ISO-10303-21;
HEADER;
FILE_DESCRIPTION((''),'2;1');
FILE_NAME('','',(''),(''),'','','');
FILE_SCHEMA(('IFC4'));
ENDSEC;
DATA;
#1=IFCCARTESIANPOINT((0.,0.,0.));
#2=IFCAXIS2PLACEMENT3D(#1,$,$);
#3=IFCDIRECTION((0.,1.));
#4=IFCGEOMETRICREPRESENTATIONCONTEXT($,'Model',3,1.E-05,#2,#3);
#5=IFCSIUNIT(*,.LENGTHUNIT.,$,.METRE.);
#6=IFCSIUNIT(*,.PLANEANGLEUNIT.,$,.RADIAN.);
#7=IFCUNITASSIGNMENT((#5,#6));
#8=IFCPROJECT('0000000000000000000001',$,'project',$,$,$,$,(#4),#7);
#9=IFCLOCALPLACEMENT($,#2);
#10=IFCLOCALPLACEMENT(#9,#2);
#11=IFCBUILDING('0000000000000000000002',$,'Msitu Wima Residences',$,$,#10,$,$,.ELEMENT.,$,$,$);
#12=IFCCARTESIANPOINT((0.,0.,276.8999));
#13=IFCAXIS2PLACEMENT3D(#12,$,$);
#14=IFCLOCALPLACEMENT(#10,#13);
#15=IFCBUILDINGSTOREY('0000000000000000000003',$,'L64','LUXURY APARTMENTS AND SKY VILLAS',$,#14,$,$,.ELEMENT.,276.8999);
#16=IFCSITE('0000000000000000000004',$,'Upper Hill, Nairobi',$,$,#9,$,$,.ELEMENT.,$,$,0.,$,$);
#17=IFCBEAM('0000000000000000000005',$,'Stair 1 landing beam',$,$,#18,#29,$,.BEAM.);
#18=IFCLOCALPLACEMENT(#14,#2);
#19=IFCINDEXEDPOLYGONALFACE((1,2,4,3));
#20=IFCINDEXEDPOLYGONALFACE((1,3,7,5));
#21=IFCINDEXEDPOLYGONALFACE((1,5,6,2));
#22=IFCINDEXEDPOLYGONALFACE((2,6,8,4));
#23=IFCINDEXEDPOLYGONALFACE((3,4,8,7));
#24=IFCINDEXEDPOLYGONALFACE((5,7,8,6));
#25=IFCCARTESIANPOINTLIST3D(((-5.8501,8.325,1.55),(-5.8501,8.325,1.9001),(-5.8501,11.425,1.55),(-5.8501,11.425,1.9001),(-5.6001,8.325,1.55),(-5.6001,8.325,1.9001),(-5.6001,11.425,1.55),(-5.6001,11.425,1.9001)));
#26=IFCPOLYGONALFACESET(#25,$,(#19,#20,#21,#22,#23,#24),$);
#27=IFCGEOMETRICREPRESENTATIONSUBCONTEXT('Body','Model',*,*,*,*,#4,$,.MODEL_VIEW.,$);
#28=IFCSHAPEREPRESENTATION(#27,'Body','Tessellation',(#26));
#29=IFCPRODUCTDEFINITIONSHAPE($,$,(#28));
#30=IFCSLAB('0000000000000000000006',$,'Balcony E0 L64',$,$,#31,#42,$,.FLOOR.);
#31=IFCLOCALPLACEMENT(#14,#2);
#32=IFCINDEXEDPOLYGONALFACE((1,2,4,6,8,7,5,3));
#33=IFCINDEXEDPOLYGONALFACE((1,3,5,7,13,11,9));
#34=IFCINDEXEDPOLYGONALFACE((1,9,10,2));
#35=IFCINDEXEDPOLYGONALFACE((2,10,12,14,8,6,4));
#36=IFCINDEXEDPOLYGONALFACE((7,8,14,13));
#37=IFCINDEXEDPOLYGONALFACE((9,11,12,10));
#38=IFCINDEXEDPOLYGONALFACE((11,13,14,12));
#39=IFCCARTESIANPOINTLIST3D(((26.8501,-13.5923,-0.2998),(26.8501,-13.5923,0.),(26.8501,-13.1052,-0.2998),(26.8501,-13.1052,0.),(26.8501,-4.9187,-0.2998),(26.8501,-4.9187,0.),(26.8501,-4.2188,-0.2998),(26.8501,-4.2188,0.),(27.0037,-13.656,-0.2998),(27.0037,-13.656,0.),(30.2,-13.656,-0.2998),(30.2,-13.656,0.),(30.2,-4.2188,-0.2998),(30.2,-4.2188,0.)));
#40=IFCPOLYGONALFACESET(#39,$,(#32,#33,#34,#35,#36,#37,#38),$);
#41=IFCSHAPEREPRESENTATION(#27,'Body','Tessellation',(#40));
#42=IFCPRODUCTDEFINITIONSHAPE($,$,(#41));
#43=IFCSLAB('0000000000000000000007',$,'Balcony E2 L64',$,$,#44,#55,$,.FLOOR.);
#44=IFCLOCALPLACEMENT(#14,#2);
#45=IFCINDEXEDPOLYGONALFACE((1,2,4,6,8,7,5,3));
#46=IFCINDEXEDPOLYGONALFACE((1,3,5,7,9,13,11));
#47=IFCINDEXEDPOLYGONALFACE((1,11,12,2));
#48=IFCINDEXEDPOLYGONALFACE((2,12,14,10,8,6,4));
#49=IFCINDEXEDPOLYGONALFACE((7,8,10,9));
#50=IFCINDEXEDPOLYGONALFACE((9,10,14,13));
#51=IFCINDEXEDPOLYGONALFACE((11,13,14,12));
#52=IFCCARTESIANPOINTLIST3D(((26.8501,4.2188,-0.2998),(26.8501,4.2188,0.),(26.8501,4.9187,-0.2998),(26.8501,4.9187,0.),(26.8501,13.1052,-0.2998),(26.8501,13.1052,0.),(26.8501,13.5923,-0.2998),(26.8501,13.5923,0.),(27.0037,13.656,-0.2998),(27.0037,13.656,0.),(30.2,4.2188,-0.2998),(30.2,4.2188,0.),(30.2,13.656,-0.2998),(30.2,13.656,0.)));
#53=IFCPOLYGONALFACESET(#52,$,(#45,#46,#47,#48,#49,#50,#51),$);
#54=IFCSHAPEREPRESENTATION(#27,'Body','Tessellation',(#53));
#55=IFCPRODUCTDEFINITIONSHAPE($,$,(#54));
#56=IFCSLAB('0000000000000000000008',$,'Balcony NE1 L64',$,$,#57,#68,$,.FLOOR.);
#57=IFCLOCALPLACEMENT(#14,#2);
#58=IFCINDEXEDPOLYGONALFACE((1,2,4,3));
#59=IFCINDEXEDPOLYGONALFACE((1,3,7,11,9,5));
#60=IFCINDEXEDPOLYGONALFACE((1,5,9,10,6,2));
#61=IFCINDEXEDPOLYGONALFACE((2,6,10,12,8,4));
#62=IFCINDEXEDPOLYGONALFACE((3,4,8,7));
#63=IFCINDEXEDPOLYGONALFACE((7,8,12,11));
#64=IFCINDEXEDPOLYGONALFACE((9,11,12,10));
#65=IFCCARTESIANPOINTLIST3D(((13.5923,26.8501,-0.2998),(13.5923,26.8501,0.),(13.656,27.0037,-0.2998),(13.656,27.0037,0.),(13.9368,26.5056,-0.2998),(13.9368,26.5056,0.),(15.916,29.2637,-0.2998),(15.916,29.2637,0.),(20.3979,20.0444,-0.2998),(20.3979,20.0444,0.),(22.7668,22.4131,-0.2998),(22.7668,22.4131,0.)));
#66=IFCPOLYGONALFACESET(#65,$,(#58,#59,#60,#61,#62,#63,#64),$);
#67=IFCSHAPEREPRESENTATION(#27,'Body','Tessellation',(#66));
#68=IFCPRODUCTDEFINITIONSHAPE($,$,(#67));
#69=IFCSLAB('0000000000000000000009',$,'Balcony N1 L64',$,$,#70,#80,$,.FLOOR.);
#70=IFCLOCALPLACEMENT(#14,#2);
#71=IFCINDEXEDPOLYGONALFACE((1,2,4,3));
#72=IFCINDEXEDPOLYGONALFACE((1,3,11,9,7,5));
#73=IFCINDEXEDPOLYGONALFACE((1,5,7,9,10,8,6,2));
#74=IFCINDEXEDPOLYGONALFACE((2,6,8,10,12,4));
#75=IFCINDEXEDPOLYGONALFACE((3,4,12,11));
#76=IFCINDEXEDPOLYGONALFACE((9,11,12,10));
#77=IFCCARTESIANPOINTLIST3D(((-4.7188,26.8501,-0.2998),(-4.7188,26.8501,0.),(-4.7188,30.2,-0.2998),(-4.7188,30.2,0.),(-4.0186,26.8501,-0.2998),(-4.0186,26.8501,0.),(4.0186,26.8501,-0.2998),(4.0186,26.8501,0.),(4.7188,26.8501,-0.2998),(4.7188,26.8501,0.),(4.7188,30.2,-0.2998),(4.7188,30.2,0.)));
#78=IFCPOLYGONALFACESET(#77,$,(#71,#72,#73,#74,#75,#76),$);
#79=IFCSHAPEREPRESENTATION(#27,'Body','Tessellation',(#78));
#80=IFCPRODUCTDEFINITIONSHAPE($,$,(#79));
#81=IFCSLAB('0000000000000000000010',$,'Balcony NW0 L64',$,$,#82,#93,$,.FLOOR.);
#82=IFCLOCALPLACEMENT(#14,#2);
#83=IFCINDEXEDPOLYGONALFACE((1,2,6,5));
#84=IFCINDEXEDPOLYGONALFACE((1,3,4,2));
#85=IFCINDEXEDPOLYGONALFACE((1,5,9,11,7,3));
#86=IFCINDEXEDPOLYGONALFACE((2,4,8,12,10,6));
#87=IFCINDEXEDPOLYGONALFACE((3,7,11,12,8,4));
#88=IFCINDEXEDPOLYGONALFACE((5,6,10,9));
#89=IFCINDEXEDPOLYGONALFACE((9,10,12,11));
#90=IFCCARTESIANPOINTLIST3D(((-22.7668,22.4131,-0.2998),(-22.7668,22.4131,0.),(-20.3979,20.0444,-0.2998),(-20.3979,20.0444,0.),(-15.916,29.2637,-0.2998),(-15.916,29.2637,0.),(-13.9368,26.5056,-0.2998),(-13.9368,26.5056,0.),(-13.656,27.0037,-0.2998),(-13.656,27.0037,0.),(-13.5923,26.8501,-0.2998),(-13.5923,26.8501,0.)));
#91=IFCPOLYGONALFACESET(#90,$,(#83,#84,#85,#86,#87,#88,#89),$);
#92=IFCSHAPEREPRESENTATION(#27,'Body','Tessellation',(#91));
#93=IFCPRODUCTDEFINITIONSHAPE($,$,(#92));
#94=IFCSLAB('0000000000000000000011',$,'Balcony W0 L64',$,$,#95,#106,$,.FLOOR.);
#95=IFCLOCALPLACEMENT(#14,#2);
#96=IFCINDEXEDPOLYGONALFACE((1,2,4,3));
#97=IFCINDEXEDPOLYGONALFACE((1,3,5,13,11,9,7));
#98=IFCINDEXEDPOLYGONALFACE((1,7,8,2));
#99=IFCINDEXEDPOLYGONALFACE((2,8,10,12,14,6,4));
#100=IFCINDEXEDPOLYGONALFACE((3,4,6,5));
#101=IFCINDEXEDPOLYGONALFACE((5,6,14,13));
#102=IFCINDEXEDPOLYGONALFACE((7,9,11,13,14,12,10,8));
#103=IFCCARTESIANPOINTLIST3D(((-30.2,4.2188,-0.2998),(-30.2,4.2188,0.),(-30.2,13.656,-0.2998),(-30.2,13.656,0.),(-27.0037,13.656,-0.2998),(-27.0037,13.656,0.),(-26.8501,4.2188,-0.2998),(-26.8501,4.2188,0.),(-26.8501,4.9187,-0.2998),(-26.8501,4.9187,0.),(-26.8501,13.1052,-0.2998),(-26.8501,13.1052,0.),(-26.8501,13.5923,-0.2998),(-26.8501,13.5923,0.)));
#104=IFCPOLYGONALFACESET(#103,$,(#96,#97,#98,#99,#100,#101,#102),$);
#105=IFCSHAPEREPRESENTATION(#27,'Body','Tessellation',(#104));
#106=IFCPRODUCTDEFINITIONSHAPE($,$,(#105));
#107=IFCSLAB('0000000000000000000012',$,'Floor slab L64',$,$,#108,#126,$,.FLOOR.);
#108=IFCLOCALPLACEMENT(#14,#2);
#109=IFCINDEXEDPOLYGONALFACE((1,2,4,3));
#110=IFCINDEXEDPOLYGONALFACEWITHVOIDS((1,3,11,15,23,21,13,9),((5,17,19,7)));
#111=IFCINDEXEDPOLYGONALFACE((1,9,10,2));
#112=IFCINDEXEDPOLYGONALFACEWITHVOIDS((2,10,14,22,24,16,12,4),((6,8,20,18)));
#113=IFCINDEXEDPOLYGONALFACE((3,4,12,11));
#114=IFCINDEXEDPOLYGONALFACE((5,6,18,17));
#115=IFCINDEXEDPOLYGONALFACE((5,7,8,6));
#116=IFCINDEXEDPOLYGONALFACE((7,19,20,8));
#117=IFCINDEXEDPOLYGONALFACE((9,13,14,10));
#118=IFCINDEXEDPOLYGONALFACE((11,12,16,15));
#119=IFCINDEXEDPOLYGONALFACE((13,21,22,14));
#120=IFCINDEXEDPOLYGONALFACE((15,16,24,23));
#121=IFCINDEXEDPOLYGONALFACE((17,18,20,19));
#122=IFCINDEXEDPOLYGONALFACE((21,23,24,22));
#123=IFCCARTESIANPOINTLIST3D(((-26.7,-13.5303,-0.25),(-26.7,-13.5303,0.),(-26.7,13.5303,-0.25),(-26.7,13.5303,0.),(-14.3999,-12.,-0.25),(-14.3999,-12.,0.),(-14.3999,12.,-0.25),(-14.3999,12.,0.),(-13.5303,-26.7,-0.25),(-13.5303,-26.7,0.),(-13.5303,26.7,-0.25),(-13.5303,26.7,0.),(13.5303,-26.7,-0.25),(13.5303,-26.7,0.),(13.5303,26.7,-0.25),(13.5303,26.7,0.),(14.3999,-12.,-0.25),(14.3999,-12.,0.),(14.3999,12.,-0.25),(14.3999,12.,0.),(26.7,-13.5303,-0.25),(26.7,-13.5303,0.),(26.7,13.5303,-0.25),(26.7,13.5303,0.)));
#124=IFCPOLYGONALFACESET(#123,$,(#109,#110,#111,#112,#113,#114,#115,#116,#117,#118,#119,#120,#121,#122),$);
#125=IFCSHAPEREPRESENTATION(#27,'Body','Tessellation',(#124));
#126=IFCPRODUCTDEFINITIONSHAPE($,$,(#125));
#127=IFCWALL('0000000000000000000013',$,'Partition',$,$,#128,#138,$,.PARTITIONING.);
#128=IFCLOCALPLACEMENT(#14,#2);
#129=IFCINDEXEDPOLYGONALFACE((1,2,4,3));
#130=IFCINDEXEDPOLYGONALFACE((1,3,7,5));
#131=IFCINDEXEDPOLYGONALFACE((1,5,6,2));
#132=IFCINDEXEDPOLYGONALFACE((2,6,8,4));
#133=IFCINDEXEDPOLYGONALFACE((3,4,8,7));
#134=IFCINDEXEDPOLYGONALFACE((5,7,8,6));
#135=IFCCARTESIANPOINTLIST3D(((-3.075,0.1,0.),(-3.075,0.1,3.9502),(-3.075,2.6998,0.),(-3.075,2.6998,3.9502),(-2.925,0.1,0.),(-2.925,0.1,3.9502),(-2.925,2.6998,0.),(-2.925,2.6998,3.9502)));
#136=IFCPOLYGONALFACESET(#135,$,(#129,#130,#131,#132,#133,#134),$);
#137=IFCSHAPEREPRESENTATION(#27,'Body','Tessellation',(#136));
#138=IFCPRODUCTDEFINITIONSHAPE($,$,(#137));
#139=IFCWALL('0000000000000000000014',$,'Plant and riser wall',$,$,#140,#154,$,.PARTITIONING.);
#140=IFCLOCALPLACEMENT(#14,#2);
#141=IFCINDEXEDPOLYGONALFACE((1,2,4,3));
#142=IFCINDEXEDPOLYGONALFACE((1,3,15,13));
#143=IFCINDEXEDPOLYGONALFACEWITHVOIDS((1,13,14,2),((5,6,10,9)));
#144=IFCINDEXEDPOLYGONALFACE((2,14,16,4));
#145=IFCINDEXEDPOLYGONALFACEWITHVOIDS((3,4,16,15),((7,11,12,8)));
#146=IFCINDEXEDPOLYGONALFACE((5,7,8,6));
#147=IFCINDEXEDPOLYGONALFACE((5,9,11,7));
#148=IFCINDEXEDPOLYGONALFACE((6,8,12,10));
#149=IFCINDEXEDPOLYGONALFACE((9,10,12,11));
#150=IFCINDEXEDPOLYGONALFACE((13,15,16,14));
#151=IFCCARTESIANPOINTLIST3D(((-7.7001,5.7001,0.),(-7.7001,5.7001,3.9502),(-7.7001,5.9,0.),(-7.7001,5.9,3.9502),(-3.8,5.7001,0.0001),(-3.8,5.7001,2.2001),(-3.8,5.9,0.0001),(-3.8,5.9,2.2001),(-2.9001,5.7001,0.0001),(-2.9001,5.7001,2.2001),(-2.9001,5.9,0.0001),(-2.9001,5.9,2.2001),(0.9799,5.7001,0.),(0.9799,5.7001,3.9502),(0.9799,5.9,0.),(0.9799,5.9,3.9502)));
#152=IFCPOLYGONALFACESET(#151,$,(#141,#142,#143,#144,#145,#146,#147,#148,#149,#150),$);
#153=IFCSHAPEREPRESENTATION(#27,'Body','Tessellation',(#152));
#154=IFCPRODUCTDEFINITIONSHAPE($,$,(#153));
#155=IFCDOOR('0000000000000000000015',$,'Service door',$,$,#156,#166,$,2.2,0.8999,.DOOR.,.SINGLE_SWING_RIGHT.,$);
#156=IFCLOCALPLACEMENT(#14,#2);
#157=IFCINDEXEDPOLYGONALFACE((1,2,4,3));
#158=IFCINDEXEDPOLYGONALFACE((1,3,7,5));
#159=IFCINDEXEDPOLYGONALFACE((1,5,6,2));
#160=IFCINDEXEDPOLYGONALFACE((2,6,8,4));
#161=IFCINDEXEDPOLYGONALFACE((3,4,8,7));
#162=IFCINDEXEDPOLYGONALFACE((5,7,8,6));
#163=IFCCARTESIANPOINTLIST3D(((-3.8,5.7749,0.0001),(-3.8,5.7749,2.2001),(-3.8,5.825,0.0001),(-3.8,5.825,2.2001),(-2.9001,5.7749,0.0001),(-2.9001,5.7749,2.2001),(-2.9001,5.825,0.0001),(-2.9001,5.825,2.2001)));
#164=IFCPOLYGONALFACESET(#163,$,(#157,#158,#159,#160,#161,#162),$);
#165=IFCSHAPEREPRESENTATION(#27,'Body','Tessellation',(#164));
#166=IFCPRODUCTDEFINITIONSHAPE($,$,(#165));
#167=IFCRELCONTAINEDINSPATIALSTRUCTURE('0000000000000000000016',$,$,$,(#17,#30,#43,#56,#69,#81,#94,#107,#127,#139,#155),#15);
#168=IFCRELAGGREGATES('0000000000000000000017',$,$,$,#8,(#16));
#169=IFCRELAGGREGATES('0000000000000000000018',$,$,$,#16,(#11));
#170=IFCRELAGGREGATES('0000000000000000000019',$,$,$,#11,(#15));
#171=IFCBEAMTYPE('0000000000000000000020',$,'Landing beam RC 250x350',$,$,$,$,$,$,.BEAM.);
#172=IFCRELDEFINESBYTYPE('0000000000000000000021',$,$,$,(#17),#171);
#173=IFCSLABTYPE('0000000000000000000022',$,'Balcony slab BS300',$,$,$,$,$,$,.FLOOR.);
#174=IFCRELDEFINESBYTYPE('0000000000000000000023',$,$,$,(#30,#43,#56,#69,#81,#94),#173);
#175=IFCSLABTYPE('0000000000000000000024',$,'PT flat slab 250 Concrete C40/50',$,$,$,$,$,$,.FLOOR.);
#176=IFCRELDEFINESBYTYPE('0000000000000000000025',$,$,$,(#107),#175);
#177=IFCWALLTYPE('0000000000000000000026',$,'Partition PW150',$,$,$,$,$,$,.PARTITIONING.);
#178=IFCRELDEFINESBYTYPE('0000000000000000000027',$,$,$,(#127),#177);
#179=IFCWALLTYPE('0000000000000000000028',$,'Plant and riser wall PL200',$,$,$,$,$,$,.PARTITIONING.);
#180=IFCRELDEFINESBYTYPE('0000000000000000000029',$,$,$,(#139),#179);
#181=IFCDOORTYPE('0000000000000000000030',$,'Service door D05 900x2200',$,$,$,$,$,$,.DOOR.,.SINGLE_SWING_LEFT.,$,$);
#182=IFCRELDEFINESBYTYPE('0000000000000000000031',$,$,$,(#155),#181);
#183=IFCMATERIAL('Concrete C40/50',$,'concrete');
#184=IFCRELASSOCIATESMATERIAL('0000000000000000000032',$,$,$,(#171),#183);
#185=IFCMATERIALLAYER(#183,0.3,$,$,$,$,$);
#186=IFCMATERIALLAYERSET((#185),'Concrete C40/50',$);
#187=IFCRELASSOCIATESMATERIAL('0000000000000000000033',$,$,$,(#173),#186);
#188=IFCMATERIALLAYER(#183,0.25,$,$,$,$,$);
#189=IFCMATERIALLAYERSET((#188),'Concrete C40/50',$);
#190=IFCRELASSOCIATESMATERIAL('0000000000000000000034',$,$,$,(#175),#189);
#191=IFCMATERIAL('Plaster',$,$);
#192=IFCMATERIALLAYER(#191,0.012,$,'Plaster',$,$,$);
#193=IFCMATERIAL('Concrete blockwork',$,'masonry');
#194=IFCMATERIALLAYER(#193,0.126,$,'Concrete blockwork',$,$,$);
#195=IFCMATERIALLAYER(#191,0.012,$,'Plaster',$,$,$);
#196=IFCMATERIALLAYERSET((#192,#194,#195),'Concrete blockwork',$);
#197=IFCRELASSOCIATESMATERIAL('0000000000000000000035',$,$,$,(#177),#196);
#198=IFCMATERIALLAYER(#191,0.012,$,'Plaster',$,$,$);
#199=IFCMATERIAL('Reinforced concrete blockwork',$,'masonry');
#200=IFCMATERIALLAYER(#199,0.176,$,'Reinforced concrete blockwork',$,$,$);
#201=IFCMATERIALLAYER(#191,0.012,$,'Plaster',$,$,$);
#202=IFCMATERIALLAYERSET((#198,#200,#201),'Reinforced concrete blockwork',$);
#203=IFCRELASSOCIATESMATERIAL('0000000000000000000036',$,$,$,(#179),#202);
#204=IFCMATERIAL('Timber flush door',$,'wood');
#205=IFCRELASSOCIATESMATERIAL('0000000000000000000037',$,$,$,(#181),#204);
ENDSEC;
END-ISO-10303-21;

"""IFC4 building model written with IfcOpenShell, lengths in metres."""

from ifc_helpers import new_model, si_unit, direction, frame, frame_2d, origin, origin_2d, place, context, subcontext, project, spatial, polyline, rectangle, outline, extrude, material, layer, layer_set, material_profile, profile_set, type_object, element, fill, save


model = new_model("IFC4")

# Units and contexts
model_context = context("Model", 3, precision=1e-05, world=origin(), true_north=direction((0.0, 1.0)))
body_context = subcontext(model_context, "Body", "Model", "MODEL_VIEW")
ifc_project = project(units=[si_unit("LENGTHUNIT", "METRE"), si_unit("PLANEANGLEUNIT", "RADIAN")], contexts=[model_context])

# Site, building, storey
site_placement = place(None, origin())
site = spatial("IfcSite", under=ifc_project, at=site_placement, Name="Upper Hill, Nairobi", CompositionType="ELEMENT", RefElevation=0.0)
building_placement = place(site_placement, origin())
building = spatial("IfcBuilding", under=site, at=building_placement, Name="Msitu Wima Residences", CompositionType="ELEMENT")
storey_placement = place(building_placement, frame((0.0, 0.0, 276.8999)))
storey = spatial("IfcBuildingStorey", under=building, at=storey_placement, Name="L64", Description="LUXURY APARTMENTS AND SKY VILLAS", CompositionType="ELEMENT", Elevation=276.8999)

# Beam
ifc_material_1 = material(Name="Concrete C40/50", Category="concrete")
ifc_material_profile = material_profile(ifc_material_1, rectangle(XDim=0.25, YDim=0.3501, at=origin_2d()), Name="RC 250x350")
ifc_profile_set = profile_set([ifc_material_profile], Name="Concrete C40/50")
beam_type = type_object("IfcBeamType", Name="Landing beam RC 250x350", PredefinedType="BEAM", material=ifc_profile_set)
beam_placement = place(storey_placement, frame((-5.7251, 8.325, 1.7251), z_axis=(0.0, 1.0, 0.0), x_axis=(-1.0, 0.0, 0.0)))
element("IfcBeam", 1, at=beam_placement, inside=storey, type_object=beam_type, Name="Stair 1 landing beam", PredefinedType="BEAM", context=body_context, shape_type="SweptSolid", body=[
    extrude(rectangle(XDim=0.25, YDim=0.3501, at=origin_2d()), origin(), (0.0, 0.0, 1.0), 3.1001),
])

# Slabs
ifc_layer_1 = layer(ifc_material_1, 0.3)
ifc_layer_set_1 = layer_set([ifc_layer_1], Name="Concrete C40/50")
slab_type_1 = type_object("IfcSlabType", Name="Balcony slab BS300", PredefinedType="FLOOR", material=ifc_layer_set_1)
slab_1_placement = place(storey_placement, frame((0.0, 0.0, -0.2998)))
element("IfcSlab", 2, at=slab_1_placement, inside=storey, type_object=slab_type_1, Name="Balcony E0 L64", PredefinedType="FLOOR", context=body_context, shape_type="SweptSolid", body=[
    extrude(outline(polyline([(26.8501, -13.1052), (26.8501, -13.1052), (26.8501, -4.9187), (26.8501, -4.2188), (30.2, -4.2188), (30.2, -13.656), (27.0037, -13.656), (26.8501, -13.5923), (26.8501, -13.1052), (26.8501, -13.1052)])), origin(), (0.0, 0.0, 1.0), 0.2998),
])
slab_2_placement = place(storey_placement, frame((0.0, 0.0, -0.2998)))
element("IfcSlab", 3, at=slab_2_placement, inside=storey, type_object=slab_type_1, Name="Balcony E2 L64", PredefinedType="FLOOR", context=body_context, shape_type="SweptSolid", body=[
    extrude(outline(polyline([(26.8501, 13.1052), (26.8501, 13.1052), (26.8501, 13.1052), (26.8501, 13.5923), (27.0037, 13.656), (30.2, 13.656), (30.2, 4.2188), (26.8501, 4.2188), (26.8501, 4.9187), (26.8501, 13.1052)])), origin(), (0.0, 0.0, 1.0), 0.2998),
])
slab_3_placement = place(storey_placement, frame((0.0, 0.0, -0.2998)))
element("IfcSlab", 4, at=slab_3_placement, inside=storey, type_object=slab_type_1, Name="Balcony NE1 L64", PredefinedType="FLOOR", context=body_context, shape_type="SweptSolid", body=[
    extrude(outline(polyline([(13.9368, 26.5056), (13.9368, 26.5056), (13.5923, 26.8501), (13.656, 27.0037), (15.916, 29.2637), (22.7668, 22.4131), (20.3979, 20.0444), (13.9368, 26.5056), (13.9368, 26.5056)])), origin(), (0.0, 0.0, 1.0), 0.2998),
])
slab_4_placement = place(storey_placement, frame((0.0, 0.0, -0.2998)))
element("IfcSlab", 5, at=slab_4_placement, inside=storey, type_object=slab_type_1, Name="Balcony N1 L64", PredefinedType="FLOOR", context=body_context, shape_type="SweptSolid", body=[
    extrude(outline(polyline([(4.0186, 26.8501), (-4.0186, 26.8501), (-4.7188, 26.8501), (-4.7188, 30.2), (4.7188, 30.2), (4.7188, 26.8501), (4.0186, 26.8501)])), origin(), (0.0, 0.0, 1.0), 0.2998),
])
slab_5_placement = place(storey_placement, frame((0.0, 0.0, -0.2998)))
element("IfcSlab", 6, at=slab_5_placement, inside=storey, type_object=slab_type_1, Name="Balcony NW0 L64", PredefinedType="FLOOR", context=body_context, shape_type="SweptSolid", body=[
    extrude(outline(polyline([(-13.9368, 26.5056), (-13.9368, 26.5056), (-20.3979, 20.0444), (-22.7668, 22.4131), (-15.916, 29.2637), (-13.656, 27.0037), (-13.5923, 26.8501), (-13.9368, 26.5056), (-13.9368, 26.5056)])), origin(), (0.0, 0.0, 1.0), 0.2998),
])
slab_6_placement = place(storey_placement, frame((0.0, 0.0, -0.2998)))
element("IfcSlab", 7, at=slab_6_placement, inside=storey, type_object=slab_type_1, Name="Balcony W0 L64", PredefinedType="FLOOR", context=body_context, shape_type="SweptSolid", body=[
    extrude(outline(polyline([(-26.8501, 13.1052), (-26.8501, 13.1052), (-26.8501, 4.9187), (-26.8501, 4.2188), (-30.2, 4.2188), (-30.2, 13.656), (-27.0037, 13.656), (-26.8501, 13.5923), (-26.8501, 13.1052), (-26.8501, 13.1052)])), origin(), (0.0, 0.0, 1.0), 0.2998),
])
ifc_layer_2 = layer(ifc_material_1, 0.25)
ifc_layer_set_2 = layer_set([ifc_layer_2], Name="Concrete C40/50")
slab_type_2 = type_object("IfcSlabType", Name="PT flat slab 250 Concrete C40/50", PredefinedType="FLOOR", material=ifc_layer_set_2)
slab_7_placement = place(storey_placement, frame((0.0, 0.0, -0.25)))
element("IfcSlab", 8, at=slab_7_placement, inside=storey, type_object=slab_type_2, Name="Floor slab L64", PredefinedType="FLOOR", context=body_context, shape_type="SweptSolid", body=[
    extrude(outline(polyline([(26.7, -13.5303), (13.5303, -26.7), (-13.5303, -26.7), (-26.7, -13.5303), (-26.7, 13.5303), (-13.5303, 26.7), (13.5303, 26.7), (26.7, 13.5303), (26.7, -13.5303)]), holes=[polyline([(-14.3999, -12.0), (14.3999, -12.0), (14.3999, 12.0), (-14.3999, 12.0), (-14.3999, -12.0)])]), origin(), (0.0, 0.0, 1.0), 0.25),
])

# Wall
ifc_material_2 = material(Name="Plaster")
ifc_layer_3 = layer(ifc_material_2, 0.012, Name="Plaster")
ifc_material_3 = material(Name="Concrete blockwork", Category="masonry")
ifc_layer_4 = layer(ifc_material_3, 0.126, Name="Concrete blockwork")
ifc_layer_5 = layer(ifc_material_2, 0.012, Name="Plaster")
ifc_layer_set_3 = layer_set([ifc_layer_3, ifc_layer_4, ifc_layer_5], Name="Concrete blockwork")
wall_type_1 = type_object("IfcWallType", Name="Partition PW150", PredefinedType="PARTITIONING", material=ifc_layer_set_3)
wall_1_placement = place(storey_placement, frame((-3.0, 0.1001, 0.0), z_axis=(0.0, 0.0, 1.0), x_axis=(0.0, 1.0, 0.0)))
element("IfcWall", 9, at=wall_1_placement, inside=storey, type_object=wall_type_1, Name="Partition", PredefinedType="PARTITIONING", context=body_context, shape_type="SweptSolid", body=[
    extrude(rectangle(XDim=2.5999, YDim=0.1499, at=frame_2d((1.2998, 0.0))), origin(), (0.0, 0.0, 1.0), 3.9502),
])

# Wall, opening, door
ifc_layer_6 = layer(ifc_material_2, 0.012, Name="Plaster")
ifc_material_4 = material(Name="Reinforced concrete blockwork", Category="masonry")
ifc_layer_7 = layer(ifc_material_4, 0.176, Name="Reinforced concrete blockwork")
ifc_layer_8 = layer(ifc_material_2, 0.012, Name="Plaster")
ifc_layer_set_4 = layer_set([ifc_layer_6, ifc_layer_7, ifc_layer_8], Name="Reinforced concrete blockwork")
wall_type_2 = type_object("IfcWallType", Name="Plant and riser wall PL200", PredefinedType="PARTITIONING", material=ifc_layer_set_4)
wall_2_placement = place(storey_placement, frame((-7.7, 5.8, 0.0), z_axis=(0.0, 0.0, 1.0), x_axis=(1.0, 0.0, 0.0)))
wall_2 = element("IfcWall", 10, at=wall_2_placement, inside=storey, type_object=wall_type_2, Name="Plant and riser wall", PredefinedType="PARTITIONING", context=body_context, shape_type="SweptSolid", body=[
    extrude(rectangle(XDim=8.6799, YDim=0.2, at=frame_2d((4.3398, 0.0))), origin(), (0.0, 0.0, 1.0), 3.9502),
])
opening_placement = place(wall_2_placement, frame((3.8999, 0.0, 0.0)))
opening = element("IfcOpeningElement", 11, at=opening_placement, cuts=wall_2, PredefinedType="OPENING", context=body_context, shape_type="SweptSolid", body=[
    extrude(rectangle(XDim=0.8999, YDim=2.2, at=frame_2d((0.45, 1.1001))), frame((0.0, 0.1099, 0.0), z_axis=(0.0, -1.0, 0.0), x_axis=(1.0, 0.0, 0.0)), (0.0, 0.0, 1.0), 0.22),
])
ifc_material_5 = material(Name="Timber flush door", Category="wood")
door_type = type_object("IfcDoorType", Name="Service door D05 900x2200", OperationType="SINGLE_SWING_LEFT", PredefinedType="DOOR", material=ifc_material_5)
door_placement = place(opening_placement, origin())
door = element("IfcDoor", 12, at=door_placement, inside=storey, type_object=door_type, Name="Service door", OperationType="SINGLE_SWING_RIGHT", OverallHeight=2.2, OverallWidth=0.8999, PredefinedType="DOOR", context=body_context, shape_type="SweptSolid", body=[
    extrude(rectangle(XDim=0.8999, YDim=2.2, at=frame_2d((0.45, 1.1001))), frame((0.0, 0.0249, 0.0), z_axis=(0.0, -1.0, 0.0), x_axis=(1.0, 0.0, 0.0)), (0.0, 0.0, 1.0), 0.05),
])
fill(opening, door)

save(model, "model.ifc")
